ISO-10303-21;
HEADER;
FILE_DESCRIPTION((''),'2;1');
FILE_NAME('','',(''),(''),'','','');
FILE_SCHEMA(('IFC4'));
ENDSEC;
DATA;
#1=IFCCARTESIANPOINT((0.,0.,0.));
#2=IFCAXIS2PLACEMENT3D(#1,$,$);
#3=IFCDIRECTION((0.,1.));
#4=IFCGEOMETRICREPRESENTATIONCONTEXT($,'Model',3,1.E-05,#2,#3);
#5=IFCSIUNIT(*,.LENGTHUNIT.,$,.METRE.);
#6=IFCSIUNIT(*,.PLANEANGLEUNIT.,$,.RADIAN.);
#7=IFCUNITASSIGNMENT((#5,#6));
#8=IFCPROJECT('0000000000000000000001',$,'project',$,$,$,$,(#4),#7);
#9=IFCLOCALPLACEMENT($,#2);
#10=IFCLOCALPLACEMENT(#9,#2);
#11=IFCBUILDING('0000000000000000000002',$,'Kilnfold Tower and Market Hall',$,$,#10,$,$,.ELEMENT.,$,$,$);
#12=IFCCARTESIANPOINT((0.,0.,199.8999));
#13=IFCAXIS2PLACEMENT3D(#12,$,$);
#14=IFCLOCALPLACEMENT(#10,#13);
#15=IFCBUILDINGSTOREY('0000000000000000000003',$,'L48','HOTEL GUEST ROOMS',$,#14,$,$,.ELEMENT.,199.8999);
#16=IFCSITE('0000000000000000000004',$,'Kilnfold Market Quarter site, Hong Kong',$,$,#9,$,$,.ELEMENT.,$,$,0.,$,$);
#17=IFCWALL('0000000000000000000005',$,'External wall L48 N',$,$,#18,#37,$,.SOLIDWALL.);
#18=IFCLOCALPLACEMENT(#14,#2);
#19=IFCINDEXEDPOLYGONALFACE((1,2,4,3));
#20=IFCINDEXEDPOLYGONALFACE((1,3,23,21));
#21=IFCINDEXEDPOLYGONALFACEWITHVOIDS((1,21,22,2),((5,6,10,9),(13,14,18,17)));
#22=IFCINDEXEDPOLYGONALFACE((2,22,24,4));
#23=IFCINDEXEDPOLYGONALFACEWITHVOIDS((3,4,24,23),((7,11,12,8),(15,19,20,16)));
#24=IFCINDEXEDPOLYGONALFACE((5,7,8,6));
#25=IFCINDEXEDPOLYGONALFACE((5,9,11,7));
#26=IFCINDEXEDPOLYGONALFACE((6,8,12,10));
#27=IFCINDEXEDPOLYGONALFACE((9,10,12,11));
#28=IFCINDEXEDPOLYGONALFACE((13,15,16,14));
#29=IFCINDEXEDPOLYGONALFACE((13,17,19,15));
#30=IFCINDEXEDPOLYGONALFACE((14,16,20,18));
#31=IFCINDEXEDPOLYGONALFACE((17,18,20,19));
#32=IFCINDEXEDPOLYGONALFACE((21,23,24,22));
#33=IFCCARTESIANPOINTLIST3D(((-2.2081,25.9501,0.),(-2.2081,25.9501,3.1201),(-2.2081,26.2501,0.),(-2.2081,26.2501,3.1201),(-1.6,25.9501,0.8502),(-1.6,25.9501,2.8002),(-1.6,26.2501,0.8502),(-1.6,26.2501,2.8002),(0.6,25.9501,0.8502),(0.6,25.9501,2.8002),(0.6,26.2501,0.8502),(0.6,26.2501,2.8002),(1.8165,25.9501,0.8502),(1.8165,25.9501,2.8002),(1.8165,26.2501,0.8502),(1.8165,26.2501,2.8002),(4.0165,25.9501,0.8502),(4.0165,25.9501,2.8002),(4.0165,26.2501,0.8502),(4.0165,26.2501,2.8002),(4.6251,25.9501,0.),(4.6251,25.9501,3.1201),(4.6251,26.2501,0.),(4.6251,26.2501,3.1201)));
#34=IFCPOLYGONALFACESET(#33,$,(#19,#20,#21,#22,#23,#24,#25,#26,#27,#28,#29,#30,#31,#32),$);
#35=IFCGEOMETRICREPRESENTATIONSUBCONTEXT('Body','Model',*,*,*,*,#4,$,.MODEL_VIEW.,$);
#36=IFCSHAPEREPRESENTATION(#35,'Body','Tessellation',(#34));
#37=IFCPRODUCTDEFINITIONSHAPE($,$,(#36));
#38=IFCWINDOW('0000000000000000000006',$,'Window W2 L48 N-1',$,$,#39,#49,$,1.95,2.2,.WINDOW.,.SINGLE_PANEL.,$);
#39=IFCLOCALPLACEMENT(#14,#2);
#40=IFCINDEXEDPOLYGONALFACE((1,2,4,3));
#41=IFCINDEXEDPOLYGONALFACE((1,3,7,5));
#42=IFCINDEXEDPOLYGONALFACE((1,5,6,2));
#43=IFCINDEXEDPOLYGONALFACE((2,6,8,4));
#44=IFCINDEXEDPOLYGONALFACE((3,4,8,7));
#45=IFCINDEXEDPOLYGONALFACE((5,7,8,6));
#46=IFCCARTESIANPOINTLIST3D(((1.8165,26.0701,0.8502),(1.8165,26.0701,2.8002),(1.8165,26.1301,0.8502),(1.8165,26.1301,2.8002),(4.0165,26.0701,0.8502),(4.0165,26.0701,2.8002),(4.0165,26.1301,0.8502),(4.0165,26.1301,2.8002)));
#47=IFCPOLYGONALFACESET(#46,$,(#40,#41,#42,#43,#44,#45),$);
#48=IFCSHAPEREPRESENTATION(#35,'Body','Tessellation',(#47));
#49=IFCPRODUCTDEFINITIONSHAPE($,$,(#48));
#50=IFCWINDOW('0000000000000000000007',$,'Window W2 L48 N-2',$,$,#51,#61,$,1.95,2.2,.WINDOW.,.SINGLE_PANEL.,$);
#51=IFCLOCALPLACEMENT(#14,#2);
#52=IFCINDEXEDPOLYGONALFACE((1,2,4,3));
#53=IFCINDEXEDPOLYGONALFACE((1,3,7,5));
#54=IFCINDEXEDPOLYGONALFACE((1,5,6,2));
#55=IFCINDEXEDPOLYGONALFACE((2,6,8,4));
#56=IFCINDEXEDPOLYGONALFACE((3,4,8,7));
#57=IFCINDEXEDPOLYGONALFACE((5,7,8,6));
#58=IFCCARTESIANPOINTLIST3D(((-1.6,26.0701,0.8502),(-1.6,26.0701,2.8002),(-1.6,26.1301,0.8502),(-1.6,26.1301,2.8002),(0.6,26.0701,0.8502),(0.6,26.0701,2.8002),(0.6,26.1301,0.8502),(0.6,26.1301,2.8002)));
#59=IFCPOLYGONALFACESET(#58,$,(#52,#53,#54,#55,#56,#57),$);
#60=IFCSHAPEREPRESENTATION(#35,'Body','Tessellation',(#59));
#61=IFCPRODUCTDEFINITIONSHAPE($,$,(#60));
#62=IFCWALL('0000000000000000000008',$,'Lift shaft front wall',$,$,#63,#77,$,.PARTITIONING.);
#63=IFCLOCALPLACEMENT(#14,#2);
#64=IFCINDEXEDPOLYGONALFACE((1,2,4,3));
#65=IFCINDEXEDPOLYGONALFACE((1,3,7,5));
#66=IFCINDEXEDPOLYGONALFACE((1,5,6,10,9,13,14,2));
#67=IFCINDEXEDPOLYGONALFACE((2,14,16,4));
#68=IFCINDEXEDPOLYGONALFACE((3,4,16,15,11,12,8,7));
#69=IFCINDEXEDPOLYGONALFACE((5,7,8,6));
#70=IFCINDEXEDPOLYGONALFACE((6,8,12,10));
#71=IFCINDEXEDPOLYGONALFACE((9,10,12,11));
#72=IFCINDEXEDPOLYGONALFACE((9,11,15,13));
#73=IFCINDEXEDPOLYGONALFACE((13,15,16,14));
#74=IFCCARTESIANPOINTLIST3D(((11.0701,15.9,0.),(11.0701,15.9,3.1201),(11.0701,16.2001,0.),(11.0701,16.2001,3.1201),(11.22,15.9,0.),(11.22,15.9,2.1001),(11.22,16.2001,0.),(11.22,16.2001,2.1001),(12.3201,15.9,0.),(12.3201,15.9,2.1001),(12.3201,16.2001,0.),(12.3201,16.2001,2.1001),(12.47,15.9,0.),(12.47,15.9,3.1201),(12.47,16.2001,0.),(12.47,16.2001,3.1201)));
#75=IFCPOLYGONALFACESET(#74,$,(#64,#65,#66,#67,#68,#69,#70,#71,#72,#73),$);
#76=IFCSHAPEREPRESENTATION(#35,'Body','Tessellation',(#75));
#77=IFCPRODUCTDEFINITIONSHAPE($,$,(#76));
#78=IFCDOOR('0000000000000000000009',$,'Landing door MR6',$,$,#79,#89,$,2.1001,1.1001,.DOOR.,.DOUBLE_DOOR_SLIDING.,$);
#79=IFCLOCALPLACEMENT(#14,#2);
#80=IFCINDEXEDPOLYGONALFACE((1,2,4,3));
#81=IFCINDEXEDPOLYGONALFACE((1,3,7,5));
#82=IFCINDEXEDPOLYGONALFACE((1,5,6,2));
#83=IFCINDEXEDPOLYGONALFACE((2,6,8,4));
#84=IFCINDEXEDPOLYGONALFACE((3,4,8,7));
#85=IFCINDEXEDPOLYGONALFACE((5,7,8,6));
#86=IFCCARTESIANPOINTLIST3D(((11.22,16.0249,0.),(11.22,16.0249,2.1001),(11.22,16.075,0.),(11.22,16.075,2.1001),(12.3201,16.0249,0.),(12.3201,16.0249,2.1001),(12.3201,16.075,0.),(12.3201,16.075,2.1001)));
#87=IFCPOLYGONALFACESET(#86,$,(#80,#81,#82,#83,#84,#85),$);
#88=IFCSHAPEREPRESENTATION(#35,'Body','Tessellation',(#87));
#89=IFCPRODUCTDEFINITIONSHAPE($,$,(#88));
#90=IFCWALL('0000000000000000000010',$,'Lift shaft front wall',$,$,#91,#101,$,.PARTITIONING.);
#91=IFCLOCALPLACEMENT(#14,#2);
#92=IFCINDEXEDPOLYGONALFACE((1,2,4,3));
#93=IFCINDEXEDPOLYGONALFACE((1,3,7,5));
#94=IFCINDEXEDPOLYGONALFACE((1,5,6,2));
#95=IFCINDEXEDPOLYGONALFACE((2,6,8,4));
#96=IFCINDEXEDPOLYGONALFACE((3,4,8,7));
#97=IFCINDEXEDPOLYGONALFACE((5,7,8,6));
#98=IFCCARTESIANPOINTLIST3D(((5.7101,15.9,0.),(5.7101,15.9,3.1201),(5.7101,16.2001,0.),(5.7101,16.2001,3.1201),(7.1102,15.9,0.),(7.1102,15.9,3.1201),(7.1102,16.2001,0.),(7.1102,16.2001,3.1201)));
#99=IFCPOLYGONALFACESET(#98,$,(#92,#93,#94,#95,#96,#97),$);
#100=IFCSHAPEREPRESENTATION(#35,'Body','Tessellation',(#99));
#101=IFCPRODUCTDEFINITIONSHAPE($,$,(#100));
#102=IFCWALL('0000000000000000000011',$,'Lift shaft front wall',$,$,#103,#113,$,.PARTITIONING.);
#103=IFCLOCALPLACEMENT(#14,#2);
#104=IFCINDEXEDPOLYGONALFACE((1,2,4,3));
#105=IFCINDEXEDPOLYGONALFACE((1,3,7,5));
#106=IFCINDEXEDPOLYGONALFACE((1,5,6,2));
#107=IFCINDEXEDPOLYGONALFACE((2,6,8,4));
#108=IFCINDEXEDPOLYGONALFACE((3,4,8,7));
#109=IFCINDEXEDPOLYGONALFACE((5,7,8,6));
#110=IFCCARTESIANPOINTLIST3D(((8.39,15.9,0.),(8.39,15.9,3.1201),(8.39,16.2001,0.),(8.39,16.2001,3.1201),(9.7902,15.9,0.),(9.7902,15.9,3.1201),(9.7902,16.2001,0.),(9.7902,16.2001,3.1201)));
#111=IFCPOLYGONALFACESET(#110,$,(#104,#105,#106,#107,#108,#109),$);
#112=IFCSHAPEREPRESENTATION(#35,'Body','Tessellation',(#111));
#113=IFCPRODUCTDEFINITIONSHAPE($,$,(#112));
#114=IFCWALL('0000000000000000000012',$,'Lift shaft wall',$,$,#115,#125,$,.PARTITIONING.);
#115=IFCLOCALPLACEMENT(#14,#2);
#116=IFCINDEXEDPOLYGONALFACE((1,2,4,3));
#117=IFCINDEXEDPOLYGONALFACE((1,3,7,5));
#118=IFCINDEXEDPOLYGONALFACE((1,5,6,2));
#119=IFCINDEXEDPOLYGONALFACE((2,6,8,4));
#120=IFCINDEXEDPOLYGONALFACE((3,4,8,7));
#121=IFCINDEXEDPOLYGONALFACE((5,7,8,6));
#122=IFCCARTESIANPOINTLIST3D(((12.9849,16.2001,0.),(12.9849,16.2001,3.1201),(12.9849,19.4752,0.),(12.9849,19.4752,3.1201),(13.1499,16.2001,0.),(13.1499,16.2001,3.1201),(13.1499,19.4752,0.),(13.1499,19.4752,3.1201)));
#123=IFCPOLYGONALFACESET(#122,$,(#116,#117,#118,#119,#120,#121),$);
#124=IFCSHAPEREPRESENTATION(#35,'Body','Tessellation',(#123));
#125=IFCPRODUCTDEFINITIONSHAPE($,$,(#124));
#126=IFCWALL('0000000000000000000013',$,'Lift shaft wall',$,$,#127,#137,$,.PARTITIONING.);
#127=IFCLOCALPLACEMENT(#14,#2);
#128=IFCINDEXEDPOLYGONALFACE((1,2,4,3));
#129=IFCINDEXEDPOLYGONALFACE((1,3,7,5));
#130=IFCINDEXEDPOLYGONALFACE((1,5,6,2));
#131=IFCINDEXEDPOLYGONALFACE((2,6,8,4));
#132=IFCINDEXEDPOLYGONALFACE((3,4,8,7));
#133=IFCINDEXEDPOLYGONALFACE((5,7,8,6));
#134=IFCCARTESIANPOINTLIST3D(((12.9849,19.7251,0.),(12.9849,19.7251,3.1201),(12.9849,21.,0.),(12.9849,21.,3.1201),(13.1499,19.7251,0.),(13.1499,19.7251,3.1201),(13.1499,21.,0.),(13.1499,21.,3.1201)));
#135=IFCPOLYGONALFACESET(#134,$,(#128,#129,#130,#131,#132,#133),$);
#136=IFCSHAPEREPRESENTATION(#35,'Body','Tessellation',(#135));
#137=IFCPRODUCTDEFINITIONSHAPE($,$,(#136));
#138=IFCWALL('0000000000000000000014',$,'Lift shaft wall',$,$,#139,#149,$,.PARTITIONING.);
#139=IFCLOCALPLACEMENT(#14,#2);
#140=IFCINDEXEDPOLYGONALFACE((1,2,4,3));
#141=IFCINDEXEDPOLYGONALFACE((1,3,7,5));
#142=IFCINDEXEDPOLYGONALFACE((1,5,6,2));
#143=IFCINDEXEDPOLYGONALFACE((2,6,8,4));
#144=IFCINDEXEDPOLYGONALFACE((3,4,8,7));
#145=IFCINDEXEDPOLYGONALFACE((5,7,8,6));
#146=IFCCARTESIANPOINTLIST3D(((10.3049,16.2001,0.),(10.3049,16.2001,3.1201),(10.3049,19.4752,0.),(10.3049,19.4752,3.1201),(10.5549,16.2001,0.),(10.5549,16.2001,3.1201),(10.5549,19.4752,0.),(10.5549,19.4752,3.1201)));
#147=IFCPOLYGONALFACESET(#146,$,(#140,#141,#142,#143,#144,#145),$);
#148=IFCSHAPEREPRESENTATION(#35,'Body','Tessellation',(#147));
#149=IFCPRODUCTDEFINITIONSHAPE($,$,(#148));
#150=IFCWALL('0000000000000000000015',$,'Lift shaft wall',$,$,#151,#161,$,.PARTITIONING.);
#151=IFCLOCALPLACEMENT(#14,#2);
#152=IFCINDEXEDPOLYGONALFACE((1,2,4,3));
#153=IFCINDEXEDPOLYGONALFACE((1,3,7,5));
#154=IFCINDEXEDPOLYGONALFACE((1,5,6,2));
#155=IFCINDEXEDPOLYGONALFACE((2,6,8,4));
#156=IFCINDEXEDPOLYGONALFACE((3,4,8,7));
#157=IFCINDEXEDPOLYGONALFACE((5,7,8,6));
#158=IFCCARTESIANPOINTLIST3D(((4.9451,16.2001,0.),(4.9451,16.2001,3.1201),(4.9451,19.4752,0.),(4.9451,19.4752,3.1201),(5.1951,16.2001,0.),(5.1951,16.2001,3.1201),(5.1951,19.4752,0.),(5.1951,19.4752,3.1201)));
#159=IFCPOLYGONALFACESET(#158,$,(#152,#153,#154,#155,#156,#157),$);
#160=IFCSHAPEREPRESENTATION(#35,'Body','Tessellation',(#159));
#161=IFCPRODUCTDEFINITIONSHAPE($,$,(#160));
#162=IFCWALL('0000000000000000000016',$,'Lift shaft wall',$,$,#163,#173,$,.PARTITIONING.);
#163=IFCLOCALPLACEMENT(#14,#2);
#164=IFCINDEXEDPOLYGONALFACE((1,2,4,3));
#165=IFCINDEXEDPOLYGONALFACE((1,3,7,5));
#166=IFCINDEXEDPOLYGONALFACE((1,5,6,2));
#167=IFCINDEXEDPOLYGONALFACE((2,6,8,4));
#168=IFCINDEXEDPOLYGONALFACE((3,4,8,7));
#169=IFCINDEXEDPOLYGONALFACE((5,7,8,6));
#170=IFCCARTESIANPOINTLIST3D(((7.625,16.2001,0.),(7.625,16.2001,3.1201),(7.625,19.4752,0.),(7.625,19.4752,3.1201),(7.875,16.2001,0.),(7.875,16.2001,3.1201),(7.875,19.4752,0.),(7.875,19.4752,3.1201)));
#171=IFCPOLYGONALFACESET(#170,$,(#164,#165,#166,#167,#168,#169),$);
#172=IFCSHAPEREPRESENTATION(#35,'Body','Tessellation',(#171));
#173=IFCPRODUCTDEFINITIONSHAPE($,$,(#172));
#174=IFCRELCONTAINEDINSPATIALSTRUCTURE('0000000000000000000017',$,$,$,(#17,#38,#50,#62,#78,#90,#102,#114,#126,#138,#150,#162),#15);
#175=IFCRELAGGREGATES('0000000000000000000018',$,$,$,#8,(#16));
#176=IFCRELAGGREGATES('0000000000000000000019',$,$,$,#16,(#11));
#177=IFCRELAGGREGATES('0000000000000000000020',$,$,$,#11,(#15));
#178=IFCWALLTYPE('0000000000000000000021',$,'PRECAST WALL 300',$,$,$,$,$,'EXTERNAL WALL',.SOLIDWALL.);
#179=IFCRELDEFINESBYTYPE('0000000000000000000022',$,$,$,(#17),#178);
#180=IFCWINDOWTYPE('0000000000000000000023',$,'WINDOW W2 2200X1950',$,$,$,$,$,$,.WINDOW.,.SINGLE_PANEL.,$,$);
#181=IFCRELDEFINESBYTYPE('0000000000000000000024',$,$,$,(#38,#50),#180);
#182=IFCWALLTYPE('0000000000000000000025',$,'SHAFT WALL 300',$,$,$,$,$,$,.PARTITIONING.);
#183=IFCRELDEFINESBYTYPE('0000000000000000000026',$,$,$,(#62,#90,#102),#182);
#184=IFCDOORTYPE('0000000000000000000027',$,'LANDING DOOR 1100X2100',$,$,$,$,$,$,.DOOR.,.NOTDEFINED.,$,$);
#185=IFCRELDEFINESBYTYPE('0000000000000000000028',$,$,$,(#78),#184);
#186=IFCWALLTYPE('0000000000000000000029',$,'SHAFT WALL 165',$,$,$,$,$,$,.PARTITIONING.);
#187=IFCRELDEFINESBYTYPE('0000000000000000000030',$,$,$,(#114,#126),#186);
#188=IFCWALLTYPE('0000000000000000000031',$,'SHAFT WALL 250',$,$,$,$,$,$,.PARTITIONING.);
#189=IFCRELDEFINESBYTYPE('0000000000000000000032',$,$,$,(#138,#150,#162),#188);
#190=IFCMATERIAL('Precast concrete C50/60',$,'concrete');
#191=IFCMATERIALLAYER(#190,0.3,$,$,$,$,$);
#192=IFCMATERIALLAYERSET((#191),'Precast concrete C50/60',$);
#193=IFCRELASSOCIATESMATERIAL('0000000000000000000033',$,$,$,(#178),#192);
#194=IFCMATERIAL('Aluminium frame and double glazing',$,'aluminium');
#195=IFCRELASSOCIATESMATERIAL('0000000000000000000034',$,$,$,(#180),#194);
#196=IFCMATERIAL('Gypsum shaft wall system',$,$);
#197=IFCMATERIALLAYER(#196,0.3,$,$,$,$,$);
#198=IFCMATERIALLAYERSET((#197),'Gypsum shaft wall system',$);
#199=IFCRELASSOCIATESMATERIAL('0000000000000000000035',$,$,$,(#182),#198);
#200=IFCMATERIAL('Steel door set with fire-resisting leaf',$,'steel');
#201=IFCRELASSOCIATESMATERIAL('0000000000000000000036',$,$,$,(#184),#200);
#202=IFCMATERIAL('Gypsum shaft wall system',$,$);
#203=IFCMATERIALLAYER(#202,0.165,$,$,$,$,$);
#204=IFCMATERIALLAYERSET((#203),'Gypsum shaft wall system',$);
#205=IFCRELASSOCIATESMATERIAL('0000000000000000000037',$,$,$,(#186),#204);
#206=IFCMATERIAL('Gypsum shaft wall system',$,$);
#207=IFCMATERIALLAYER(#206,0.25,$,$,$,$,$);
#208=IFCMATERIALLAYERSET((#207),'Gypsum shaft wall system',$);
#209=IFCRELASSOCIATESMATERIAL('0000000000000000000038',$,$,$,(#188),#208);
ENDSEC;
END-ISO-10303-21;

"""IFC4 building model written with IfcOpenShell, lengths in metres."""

from ifc_helpers import new_model, si_unit, direction, frame, frame_2d, origin, place, context, subcontext, project, spatial, rectangle, extrude, source, transform, mapped, material, layer, layer_set, type_object, element, fill, save


model = new_model("IFC4")

# Units and contexts
model_context = context("Model", 3, precision=1e-05, world=origin(), true_north=direction((0.0, 1.0)))
body_context = subcontext(model_context, "Body", "Model", "MODEL_VIEW")
ifc_project = project(units=[si_unit("LENGTHUNIT", "METRE"), si_unit("PLANEANGLEUNIT", "RADIAN")], contexts=[model_context])

# Site, building, storey
site_placement = place(None, origin())
site = spatial("IfcSite", under=ifc_project, at=site_placement, Name="Kilnfold Market Quarter site, Hong Kong", CompositionType="ELEMENT", RefElevation=0.0)
building_placement = place(site_placement, origin())
building = spatial("IfcBuilding", under=site, at=building_placement, Name="Kilnfold Tower and Market Hall", CompositionType="ELEMENT")
storey_placement = place(building_placement, frame((0.0, 0.0, 199.8999)))
storey = spatial("IfcBuildingStorey", under=building, at=storey_placement, Name="L48", Description="HOTEL GUEST ROOMS", CompositionType="ELEMENT", Elevation=199.8999)

# Wall, openings, windows
ifc_material_1 = material(Name="Precast concrete C50/60", Category="concrete")
ifc_layer_1 = layer(ifc_material_1, 0.3)
ifc_layer_set_1 = layer_set([ifc_layer_1], Name="Precast concrete C50/60")
wall_type_1 = type_object("IfcWallType", Name="PRECAST WALL 300", ElementType="EXTERNAL WALL", PredefinedType="SOLIDWALL", material=ifc_layer_set_1)
shared_shape_1 = source(origin(), body_context, "Body", "SweptSolid", [
    extrude(rectangle(XDim=6.8333, YDim=0.3, at=frame_2d((3.4165, 0.0))), origin(), (0.0, 0.0, 1.0), 3.1201),
])
ifc_material_2 = material(Name="Aluminium frame and double glazing", Category="aluminium")
window_type = type_object("IfcWindowType", Name="WINDOW W2 2200X1950", PartitioningType="SINGLE_PANEL", PredefinedType="WINDOW", material=ifc_material_2)
wall_1_placement = place(storey_placement, frame((4.625, 26.1001, 0.0), z_axis=(0.0, 0.0, 1.0), x_axis=(-1.0, 0.0, 0.0)))
wall_1 = element("IfcWall", 1, at=wall_1_placement, inside=storey, type_object=wall_type_1, Name="External wall L48 N", PredefinedType="SOLIDWALL", context=body_context, shape_type="MappedRepresentation", body=[
    mapped(shared_shape_1, transform((0.0, 0.0, 0.0))),
])
opening_1_placement = place(wall_1_placement, frame((0.6084, 0.0, 0.8501)))
opening_1 = element("IfcOpeningElement", 2, at=opening_1_placement, cuts=wall_1, PredefinedType="OPENING", context=body_context, shape_type="SweptSolid", body=[
    extrude(rectangle(XDim=2.2, YDim=1.95, at=frame_2d((1.1001, 0.9751))), frame((0.0, 0.1602, 0.0), z_axis=(0.0, -1.0, 0.0), x_axis=(1.0, 0.0, 0.0)), (0.0, 0.0, 1.0), 0.3201),
])
opening_2_placement = place(wall_1_placement, frame((4.0249, 0.0, 0.8501)))
opening_2 = element("IfcOpeningElement", 3, at=opening_2_placement, cuts=wall_1, PredefinedType="OPENING", context=body_context, shape_type="SweptSolid", body=[
    extrude(rectangle(XDim=2.2, YDim=1.95, at=frame_2d((1.1001, 0.9751))), frame((0.0, 0.1602, 0.0), z_axis=(0.0, -1.0, 0.0), x_axis=(1.0, 0.0, 0.0)), (0.0, 0.0, 1.0), 0.3201),
])
window_1_placement = place(opening_1_placement, origin())
window_1 = element("IfcWindow", 4, at=window_1_placement, inside=storey, type_object=window_type, Name="Window W2 L48 N-1", OverallHeight=1.95, OverallWidth=2.2, PartitioningType="SINGLE_PANEL", PredefinedType="WINDOW", context=body_context, shape_type="SweptSolid", body=[
    extrude(rectangle(XDim=2.2, YDim=1.95, at=frame_2d((1.1001, 0.9751))), frame((0.0, 0.03, 0.0), z_axis=(0.0, -1.0, 0.0), x_axis=(1.0, 0.0, 0.0)), (0.0, 0.0, 1.0), 0.0601),
])
fill(opening_1, window_1)
window_2_placement = place(opening_2_placement, origin())
window_2 = element("IfcWindow", 5, at=window_2_placement, inside=storey, type_object=window_type, Name="Window W2 L48 N-2", OverallHeight=1.95, OverallWidth=2.2, PartitioningType="SINGLE_PANEL", PredefinedType="WINDOW", context=body_context, shape_type="SweptSolid", body=[
    extrude(rectangle(XDim=2.2, YDim=1.95, at=frame_2d((1.1001, 0.9751))), frame((0.0, 0.03, 0.0), z_axis=(0.0, -1.0, 0.0), x_axis=(1.0, 0.0, 0.0)), (0.0, 0.0, 1.0), 0.0601),
])
fill(opening_2, window_2)

# Wall, opening, door
ifc_material_3 = material(Name="Gypsum shaft wall system")
ifc_layer_2 = layer(ifc_material_3, 0.3)
ifc_layer_set_2 = layer_set([ifc_layer_2], Name="Gypsum shaft wall system")
wall_type_2 = type_object("IfcWallType", Name="SHAFT WALL 300", PredefinedType="PARTITIONING", material=ifc_layer_set_2)
shared_shape_2 = source(origin(), body_context, "Body", "SweptSolid", [
    extrude(rectangle(XDim=1.3999, YDim=0.3, at=frame_2d((0.7, 0.0))), origin(), (0.0, 0.0, 1.0), 3.1201),
])
wall_2_placement = place(storey_placement, frame((11.0701, 16.05, 0.0), z_axis=(0.0, 0.0, 1.0), x_axis=(1.0, 0.0, 0.0)))
wall_2 = element("IfcWall", 6, at=wall_2_placement, inside=storey, type_object=wall_type_2, Name="Lift shaft front wall", PredefinedType="PARTITIONING", context=body_context, shape_type="MappedRepresentation", body=[
    mapped(shared_shape_2, transform((0.0, 0.0, 0.0))),
])
opening_3_placement = place(wall_2_placement, frame((0.1499, 0.0, 0.0)))
opening_3 = element("IfcOpeningElement", 7, at=opening_3_placement, cuts=wall_2, PredefinedType="OPENING", context=body_context, shape_type="SweptSolid", body=[
    extrude(rectangle(XDim=1.1001, YDim=2.1001, at=frame_2d((0.55, 1.05))), frame((0.0, 0.1602, 0.0), z_axis=(0.0, -1.0, 0.0), x_axis=(1.0, 0.0, 0.0)), (0.0, 0.0, 1.0), 0.3201),
])
ifc_material_4 = material(Name="Steel door set with fire-resisting leaf", Category="steel")
door_type = type_object("IfcDoorType", Name="LANDING DOOR 1100X2100", OperationType="NOTDEFINED", PredefinedType="DOOR", material=ifc_material_4)
door_placement = place(opening_3_placement, origin())
door = element("IfcDoor", 8, at=door_placement, inside=storey, type_object=door_type, Name="Landing door MR6", OperationType="DOUBLE_DOOR_SLIDING", OverallHeight=2.1001, OverallWidth=1.1001, PredefinedType="DOOR", context=body_context, shape_type="SweptSolid", body=[
    extrude(rectangle(XDim=1.1001, YDim=2.1001, at=frame_2d((0.55, 1.05))), frame((0.0, 0.0249, 0.0), z_axis=(0.0, -1.0, 0.0), x_axis=(1.0, 0.0, 0.0)), (0.0, 0.0, 1.0), 0.05),
])
fill(opening_3, door)

# Walls
shared_shape_3 = source(origin(), body_context, "Body", "SweptSolid", [
    extrude(rectangle(XDim=1.4001, YDim=0.3, at=frame_2d((0.7002, 0.0))), origin(), (0.0, 0.0, 1.0), 3.1201),
])
for number, where, z_axis, x_axis, name in (
    (9, (5.71, 16.05, 0.0), (0.0, 0.0, 1.0), (1.0, 0.0, 0.0), "Lift shaft front wall"),
    (10, (8.3899, 16.05, 0.0), (0.0, 0.0, 1.0), (1.0, 0.0, 0.0), "Lift shaft front wall"),
):
    element("IfcWall", number, at=place(storey_placement, frame(where, z_axis=z_axis, x_axis=x_axis)), inside=storey, type_object=wall_type_2, Name=name, PredefinedType="PARTITIONING", context=body_context, shape_type="MappedRepresentation", body=[
        mapped(shared_shape_3, transform((0.0, 0.0, 0.0))),
    ])
ifc_material_5 = material(Name="Gypsum shaft wall system")
ifc_layer_3 = layer(ifc_material_5, 0.165)
ifc_layer_set_3 = layer_set([ifc_layer_3], Name="Gypsum shaft wall system")
wall_type_3 = type_object("IfcWallType", Name="SHAFT WALL 165", PredefinedType="PARTITIONING", material=ifc_layer_set_3)
shared_shape_4 = source(origin(), body_context, "Body", "SweptSolid", [
    extrude(rectangle(XDim=3.2751, YDim=0.165, at=frame_2d((1.6377, 0.0))), origin(), (0.0, 0.0, 1.0), 3.1201),
])
wall_3_placement = place(storey_placement, frame((13.0674, 16.2, 0.0), z_axis=(0.0, 0.0, 1.0), x_axis=(0.0, 1.0, 0.0)))
element("IfcWall", 11, at=wall_3_placement, inside=storey, type_object=wall_type_3, Name="Lift shaft wall", PredefinedType="PARTITIONING", context=body_context, shape_type="MappedRepresentation", body=[
    mapped(shared_shape_4, transform((0.0, 0.0, 0.0))),
])
shared_shape_5 = source(origin(), body_context, "Body", "SweptSolid", [
    extrude(rectangle(XDim=1.2749, YDim=0.165, at=frame_2d((0.6375, 0.0))), origin(), (0.0, 0.0, 1.0), 3.1201),
])
wall_4_placement = place(storey_placement, frame((13.0674, 19.7251, 0.0), z_axis=(0.0, 0.0, 1.0), x_axis=(0.0, 1.0, 0.0)))
element("IfcWall", 12, at=wall_4_placement, inside=storey, type_object=wall_type_3, Name="Lift shaft wall", PredefinedType="PARTITIONING", context=body_context, shape_type="MappedRepresentation", body=[
    mapped(shared_shape_5, transform((0.0, 0.0, 0.0))),
])
ifc_material_6 = material(Name="Gypsum shaft wall system")
ifc_layer_4 = layer(ifc_material_6, 0.25)
ifc_layer_set_4 = layer_set([ifc_layer_4], Name="Gypsum shaft wall system")
wall_type_4 = type_object("IfcWallType", Name="SHAFT WALL 250", PredefinedType="PARTITIONING", material=ifc_layer_set_4)
shared_shape_6 = source(origin(), body_context, "Body", "SweptSolid", [
    extrude(rectangle(XDim=3.2751, YDim=0.25, at=frame_2d((1.6377, 0.0))), origin(), (0.0, 0.0, 1.0), 3.1201),
])
for number, where, z_axis, x_axis, name in (
    (13, (10.4299, 16.2, 0.0), (0.0, 0.0, 1.0), (0.0, 1.0, 0.0), "Lift shaft wall"),
    (14, (5.0701, 16.2, 0.0), (0.0, 0.0, 1.0), (0.0, 1.0, 0.0), "Lift shaft wall"),
    (15, (7.75, 16.2, 0.0), (0.0, 0.0, 1.0), (0.0, 1.0, 0.0), "Lift shaft wall"),
):
    element("IfcWall", number, at=place(storey_placement, frame(where, z_axis=z_axis, x_axis=x_axis)), inside=storey, type_object=wall_type_4, Name=name, PredefinedType="PARTITIONING", context=body_context, shape_type="MappedRepresentation", body=[
        mapped(shared_shape_6, transform((0.0, 0.0, 0.0))),
    ])

save(model, "model.ifc")
